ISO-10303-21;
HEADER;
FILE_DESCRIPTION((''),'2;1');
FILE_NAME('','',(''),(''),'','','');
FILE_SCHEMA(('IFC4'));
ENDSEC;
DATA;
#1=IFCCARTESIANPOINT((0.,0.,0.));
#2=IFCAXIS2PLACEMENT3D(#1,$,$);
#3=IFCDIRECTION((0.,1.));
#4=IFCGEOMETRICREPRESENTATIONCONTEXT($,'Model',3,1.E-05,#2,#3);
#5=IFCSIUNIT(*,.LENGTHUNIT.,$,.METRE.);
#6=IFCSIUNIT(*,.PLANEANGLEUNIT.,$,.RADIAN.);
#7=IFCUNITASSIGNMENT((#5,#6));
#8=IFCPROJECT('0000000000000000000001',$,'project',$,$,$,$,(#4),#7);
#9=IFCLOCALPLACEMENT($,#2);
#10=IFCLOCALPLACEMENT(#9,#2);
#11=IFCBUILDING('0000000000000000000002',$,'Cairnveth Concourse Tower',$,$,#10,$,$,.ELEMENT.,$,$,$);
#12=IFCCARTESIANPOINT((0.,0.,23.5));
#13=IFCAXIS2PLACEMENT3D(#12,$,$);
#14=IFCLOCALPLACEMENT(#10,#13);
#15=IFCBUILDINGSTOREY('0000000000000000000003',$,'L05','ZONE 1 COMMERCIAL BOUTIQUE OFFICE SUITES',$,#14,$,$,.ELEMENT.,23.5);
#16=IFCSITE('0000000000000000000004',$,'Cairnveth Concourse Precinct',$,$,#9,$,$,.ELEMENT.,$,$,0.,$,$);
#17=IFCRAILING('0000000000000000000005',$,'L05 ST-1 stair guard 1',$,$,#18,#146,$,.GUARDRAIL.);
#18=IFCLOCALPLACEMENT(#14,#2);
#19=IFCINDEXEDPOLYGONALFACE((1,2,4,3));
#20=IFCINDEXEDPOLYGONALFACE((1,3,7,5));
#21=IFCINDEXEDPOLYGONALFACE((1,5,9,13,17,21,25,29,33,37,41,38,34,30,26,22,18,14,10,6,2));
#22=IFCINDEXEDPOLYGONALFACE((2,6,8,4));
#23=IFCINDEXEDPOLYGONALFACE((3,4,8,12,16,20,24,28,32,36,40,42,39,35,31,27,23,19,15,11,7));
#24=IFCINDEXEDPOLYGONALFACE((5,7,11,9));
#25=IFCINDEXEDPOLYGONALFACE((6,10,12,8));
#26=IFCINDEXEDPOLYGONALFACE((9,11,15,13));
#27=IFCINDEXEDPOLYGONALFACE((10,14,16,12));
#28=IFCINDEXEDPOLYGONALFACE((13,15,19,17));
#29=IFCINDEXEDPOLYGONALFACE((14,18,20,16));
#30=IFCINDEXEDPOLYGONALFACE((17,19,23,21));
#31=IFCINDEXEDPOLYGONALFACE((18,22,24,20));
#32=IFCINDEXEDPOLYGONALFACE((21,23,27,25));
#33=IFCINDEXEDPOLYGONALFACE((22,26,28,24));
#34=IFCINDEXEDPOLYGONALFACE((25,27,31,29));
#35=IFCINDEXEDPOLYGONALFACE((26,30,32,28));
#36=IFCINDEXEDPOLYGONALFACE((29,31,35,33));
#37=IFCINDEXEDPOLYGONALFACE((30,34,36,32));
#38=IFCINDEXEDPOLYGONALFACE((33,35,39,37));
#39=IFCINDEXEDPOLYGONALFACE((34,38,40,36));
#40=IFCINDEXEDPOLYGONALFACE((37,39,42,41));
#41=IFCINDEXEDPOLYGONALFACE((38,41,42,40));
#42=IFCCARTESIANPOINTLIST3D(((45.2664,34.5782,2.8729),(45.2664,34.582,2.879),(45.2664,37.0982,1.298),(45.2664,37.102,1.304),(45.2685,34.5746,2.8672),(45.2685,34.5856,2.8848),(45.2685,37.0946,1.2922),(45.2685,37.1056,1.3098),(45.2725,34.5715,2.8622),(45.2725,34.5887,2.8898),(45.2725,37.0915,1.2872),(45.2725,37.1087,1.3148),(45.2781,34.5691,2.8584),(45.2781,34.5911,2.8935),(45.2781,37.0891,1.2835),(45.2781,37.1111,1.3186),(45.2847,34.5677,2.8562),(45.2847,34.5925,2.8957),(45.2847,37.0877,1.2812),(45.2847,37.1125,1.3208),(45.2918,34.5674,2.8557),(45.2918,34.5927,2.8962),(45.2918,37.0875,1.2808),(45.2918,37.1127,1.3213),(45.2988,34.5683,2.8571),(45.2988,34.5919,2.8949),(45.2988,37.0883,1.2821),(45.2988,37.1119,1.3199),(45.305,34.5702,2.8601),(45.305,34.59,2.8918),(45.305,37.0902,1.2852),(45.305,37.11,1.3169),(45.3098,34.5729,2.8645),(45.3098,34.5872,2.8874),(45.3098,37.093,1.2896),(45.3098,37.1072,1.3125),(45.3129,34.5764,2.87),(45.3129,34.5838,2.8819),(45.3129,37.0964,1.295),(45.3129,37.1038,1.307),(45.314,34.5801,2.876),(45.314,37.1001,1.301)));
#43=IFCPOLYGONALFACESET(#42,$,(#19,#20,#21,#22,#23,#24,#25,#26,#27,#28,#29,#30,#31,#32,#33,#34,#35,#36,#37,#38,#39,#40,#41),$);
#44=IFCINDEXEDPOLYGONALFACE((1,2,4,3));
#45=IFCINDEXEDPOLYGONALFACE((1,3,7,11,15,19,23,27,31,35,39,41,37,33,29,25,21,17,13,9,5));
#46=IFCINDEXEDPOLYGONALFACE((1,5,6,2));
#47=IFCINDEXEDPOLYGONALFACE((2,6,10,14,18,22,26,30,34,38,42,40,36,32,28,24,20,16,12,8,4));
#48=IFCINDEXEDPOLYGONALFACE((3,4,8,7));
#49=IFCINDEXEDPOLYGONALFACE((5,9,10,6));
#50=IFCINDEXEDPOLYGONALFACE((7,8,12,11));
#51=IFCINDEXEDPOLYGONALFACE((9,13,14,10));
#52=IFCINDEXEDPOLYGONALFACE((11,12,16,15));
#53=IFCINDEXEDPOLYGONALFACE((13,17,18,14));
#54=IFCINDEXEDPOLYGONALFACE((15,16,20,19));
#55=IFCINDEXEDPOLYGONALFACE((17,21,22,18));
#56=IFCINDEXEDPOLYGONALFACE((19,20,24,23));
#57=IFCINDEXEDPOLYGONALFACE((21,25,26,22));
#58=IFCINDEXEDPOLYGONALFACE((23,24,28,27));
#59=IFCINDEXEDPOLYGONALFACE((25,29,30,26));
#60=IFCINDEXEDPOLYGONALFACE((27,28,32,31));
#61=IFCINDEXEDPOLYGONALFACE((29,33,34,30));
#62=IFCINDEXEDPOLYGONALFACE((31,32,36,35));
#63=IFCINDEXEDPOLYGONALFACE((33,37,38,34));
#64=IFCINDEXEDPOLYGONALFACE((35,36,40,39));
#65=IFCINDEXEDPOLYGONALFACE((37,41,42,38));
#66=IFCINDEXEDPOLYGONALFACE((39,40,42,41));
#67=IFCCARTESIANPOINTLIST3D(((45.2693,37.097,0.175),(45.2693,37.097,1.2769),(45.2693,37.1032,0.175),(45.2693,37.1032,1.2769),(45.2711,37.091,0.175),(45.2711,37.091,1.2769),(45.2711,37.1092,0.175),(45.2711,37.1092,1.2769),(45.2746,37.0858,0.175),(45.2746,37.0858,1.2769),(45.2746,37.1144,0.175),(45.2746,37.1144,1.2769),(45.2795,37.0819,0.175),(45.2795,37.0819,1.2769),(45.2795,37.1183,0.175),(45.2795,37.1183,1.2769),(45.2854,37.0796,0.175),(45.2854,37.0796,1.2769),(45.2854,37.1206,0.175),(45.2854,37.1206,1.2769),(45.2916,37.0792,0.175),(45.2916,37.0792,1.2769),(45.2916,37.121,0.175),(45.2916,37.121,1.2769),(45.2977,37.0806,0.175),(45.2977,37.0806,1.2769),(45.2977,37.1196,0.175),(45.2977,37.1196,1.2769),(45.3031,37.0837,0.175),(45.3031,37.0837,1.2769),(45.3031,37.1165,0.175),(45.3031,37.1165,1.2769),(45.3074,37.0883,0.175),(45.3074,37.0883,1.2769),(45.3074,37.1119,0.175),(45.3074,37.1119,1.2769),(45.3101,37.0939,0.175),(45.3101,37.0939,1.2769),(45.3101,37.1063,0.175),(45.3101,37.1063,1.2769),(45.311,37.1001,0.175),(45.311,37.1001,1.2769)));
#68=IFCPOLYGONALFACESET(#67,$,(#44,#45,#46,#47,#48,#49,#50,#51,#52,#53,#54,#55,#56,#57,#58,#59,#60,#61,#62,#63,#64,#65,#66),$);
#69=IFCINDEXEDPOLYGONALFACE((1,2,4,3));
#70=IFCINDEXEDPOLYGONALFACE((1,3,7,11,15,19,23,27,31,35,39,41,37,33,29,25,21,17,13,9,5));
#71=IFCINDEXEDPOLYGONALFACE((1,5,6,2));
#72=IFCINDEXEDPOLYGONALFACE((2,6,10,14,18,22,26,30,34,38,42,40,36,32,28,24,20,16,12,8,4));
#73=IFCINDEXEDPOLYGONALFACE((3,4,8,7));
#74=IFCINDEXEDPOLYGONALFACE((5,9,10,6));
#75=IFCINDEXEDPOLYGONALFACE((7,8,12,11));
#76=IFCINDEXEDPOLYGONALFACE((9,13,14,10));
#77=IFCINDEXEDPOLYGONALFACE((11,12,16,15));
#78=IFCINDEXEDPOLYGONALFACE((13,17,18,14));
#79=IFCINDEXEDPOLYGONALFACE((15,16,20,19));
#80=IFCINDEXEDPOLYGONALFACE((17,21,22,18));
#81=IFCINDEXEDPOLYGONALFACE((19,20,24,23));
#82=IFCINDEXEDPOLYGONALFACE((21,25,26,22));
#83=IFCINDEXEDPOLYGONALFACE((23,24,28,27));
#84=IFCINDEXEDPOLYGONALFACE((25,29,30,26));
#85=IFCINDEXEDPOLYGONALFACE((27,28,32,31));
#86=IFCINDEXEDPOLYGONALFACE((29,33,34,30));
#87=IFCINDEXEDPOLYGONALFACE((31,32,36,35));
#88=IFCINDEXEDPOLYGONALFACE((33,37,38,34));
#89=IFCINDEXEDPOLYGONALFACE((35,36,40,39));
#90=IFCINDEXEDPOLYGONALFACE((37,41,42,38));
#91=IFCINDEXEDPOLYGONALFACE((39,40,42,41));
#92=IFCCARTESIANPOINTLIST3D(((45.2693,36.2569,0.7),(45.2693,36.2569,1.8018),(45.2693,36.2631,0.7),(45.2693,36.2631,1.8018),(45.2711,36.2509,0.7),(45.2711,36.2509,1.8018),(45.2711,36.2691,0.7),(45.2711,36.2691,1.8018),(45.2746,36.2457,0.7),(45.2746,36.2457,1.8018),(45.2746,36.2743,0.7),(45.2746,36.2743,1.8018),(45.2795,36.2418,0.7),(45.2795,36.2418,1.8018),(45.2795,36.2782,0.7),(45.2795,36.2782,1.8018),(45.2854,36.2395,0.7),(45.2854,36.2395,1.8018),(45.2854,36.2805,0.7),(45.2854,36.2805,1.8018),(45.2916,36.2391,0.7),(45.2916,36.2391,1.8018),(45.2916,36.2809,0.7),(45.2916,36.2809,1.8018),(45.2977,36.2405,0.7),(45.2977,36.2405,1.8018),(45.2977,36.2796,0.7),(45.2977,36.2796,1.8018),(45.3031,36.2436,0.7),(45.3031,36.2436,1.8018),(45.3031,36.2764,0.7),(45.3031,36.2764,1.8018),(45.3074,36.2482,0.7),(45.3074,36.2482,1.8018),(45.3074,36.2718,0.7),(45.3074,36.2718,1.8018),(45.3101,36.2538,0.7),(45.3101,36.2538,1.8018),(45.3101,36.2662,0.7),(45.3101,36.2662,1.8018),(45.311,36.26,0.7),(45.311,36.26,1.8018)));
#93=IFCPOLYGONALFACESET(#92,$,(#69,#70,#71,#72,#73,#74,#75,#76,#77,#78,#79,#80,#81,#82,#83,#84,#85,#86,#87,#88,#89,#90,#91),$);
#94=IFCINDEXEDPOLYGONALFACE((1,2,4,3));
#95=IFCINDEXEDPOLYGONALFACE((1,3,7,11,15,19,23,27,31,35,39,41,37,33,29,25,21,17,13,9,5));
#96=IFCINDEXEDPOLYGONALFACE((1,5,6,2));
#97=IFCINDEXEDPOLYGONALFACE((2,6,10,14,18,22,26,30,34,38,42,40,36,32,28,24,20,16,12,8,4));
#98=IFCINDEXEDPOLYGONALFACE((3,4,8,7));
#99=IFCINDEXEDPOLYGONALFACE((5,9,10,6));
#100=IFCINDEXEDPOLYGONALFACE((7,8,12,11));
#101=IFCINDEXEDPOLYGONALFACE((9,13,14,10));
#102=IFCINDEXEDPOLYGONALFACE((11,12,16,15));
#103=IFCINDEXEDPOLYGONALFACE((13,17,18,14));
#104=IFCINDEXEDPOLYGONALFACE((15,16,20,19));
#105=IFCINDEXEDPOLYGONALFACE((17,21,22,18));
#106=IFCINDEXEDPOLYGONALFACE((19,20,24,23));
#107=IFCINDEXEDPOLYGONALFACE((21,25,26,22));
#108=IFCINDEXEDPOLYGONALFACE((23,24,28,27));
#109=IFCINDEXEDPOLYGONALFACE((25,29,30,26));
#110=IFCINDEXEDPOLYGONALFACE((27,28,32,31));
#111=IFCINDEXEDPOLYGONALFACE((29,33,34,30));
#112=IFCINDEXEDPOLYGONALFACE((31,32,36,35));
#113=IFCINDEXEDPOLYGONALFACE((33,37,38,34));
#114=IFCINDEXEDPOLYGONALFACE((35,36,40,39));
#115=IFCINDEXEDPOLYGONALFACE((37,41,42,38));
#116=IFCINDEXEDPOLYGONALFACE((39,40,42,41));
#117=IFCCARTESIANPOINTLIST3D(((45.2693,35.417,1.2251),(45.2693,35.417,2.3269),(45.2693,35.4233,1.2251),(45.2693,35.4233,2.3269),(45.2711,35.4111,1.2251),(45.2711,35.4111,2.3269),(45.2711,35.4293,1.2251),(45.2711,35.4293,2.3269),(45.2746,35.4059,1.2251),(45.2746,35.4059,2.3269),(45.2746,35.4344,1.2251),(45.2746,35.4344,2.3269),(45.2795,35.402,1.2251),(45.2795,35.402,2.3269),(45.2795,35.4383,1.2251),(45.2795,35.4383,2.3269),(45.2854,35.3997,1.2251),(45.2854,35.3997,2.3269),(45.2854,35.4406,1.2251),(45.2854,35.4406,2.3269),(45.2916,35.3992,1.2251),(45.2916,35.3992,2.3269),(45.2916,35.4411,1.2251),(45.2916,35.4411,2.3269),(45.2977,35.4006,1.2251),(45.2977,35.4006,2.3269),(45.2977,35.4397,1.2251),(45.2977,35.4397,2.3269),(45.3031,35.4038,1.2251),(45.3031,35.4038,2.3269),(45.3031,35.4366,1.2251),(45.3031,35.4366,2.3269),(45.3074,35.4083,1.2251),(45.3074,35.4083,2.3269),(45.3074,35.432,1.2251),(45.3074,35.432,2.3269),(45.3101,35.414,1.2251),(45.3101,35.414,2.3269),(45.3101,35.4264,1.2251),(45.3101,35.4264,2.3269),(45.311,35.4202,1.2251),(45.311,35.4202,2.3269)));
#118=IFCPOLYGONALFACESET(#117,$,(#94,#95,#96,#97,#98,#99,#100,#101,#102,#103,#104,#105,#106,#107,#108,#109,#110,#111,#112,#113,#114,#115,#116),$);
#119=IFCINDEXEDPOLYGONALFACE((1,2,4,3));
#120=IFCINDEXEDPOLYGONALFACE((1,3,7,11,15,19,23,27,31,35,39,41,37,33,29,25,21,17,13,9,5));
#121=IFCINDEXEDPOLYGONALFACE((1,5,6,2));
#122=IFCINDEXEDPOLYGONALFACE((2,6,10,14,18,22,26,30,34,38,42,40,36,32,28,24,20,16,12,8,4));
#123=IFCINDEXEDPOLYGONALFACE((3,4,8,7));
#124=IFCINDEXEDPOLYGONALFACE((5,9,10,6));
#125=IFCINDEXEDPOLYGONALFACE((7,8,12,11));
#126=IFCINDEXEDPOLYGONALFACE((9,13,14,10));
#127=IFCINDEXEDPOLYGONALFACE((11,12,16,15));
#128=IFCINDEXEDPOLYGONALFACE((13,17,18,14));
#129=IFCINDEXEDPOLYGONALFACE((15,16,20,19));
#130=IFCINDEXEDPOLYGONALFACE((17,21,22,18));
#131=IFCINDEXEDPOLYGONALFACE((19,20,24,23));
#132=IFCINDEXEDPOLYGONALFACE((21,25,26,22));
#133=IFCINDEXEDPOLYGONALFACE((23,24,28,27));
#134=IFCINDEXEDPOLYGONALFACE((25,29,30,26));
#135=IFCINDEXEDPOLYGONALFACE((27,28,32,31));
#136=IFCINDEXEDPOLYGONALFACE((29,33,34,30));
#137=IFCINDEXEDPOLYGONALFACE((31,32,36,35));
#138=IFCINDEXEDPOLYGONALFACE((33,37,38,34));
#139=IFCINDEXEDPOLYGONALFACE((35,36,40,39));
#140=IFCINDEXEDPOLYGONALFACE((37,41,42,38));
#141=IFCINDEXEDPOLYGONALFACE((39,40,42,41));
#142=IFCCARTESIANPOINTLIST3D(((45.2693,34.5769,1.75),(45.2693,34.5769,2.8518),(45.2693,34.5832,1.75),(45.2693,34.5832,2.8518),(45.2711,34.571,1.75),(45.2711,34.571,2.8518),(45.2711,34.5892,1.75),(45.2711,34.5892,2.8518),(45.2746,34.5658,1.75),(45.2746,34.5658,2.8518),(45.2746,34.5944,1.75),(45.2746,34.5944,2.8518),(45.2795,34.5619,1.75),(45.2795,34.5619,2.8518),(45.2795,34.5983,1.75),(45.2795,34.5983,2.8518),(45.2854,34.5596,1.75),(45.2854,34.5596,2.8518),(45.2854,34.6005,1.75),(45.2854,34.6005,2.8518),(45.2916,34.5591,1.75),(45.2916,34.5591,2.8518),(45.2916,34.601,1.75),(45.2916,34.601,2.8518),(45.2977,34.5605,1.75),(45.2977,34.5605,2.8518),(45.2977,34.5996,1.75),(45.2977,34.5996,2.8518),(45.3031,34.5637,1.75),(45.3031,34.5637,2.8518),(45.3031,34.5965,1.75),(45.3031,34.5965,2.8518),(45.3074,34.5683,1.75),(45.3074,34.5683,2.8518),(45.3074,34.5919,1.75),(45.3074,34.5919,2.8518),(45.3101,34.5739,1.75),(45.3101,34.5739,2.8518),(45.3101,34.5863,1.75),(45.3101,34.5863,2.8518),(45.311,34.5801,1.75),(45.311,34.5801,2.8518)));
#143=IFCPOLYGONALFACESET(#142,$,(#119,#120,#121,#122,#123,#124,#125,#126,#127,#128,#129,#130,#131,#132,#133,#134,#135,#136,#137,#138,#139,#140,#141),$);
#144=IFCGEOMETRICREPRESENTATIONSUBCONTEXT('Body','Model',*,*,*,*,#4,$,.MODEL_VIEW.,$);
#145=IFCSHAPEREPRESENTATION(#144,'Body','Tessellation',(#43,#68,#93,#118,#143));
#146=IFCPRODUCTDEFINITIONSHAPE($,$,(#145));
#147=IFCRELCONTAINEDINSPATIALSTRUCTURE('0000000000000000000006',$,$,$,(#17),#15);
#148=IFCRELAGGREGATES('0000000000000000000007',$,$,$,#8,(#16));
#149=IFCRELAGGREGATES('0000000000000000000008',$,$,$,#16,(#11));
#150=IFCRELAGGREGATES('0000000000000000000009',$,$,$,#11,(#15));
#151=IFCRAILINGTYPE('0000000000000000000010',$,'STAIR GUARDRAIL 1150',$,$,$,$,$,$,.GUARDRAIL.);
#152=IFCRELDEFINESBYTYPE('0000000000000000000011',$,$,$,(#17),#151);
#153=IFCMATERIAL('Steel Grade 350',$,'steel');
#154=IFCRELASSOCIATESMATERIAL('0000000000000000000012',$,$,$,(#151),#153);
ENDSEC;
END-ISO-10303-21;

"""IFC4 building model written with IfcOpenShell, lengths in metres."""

from ifc_helpers import new_model, si_unit, direction, frame, origin, origin_2d, place, context, subcontext, project, spatial, circle, extrude, material, type_object, element, save


model = new_model("IFC4")

# Units and contexts
model_context = context("Model", 3, precision=1e-05, world=origin(), true_north=direction((0.0, 1.0)))
body_context = subcontext(model_context, "Body", "Model", "MODEL_VIEW")
ifc_project = project(units=[si_unit("LENGTHUNIT", "METRE"), si_unit("PLANEANGLEUNIT", "RADIAN")], contexts=[model_context])

# Site, building, storey
site_placement = place(None, origin())
site = spatial("IfcSite", under=ifc_project, at=site_placement, Name="Cairnveth Concourse Precinct", CompositionType="ELEMENT", RefElevation=0.0)
building_placement = place(site_placement, origin())
building = spatial("IfcBuilding", under=site, at=building_placement, Name="Cairnveth Concourse Tower", CompositionType="ELEMENT")
storey_placement = place(building_placement, frame((0.0, 0.0, 23.5)))
storey = spatial("IfcBuildingStorey", under=building, at=storey_placement, Name="L05", Description="ZONE 1 COMMERCIAL BOUTIQUE OFFICE SUITES", CompositionType="ELEMENT", Elevation=23.5)

# Shared definitions
ifc_material_1 = material(Name="Steel Grade 350", Category="steel")

# Railing
railing_type_1 = type_object("IfcRailingType", Name="STAIR GUARDRAIL 1150", PredefinedType="GUARDRAIL", material=ifc_material_1)
railing_1_placement = place(storey_placement, frame((45.29, 37.1001, 0.175)))
element("IfcRailing", 1, at=railing_1_placement, inside=storey, type_object=railing_type_1, Name="L05 ST-1 stair guard 1", PredefinedType="GUARDRAIL", context=body_context, shape_type="SweptSolid", body=[
    extrude(circle(Radius=0.0239, at=origin_2d()), frame((0.0, 0.0, 1.126), z_axis=(0.0, -0.848008, 0.529984), x_axis=(1.0, 0.0, 0.0)), (0.0, 0.0, 1.0), 2.9717),
    extrude(circle(Radius=0.021, at=origin_2d()), origin(), (0.0, 0.0, 1.0), 1.1018),
    extrude(circle(Radius=0.021, at=origin_2d()), frame((0.0, -0.8401, 0.5249)), (0.0, 0.0, 1.0), 1.1018),
    extrude(circle(Radius=0.021, at=origin_2d()), frame((0.0, -1.6799, 1.05)), (0.0, 0.0, 1.0), 1.1018),
    extrude(circle(Radius=0.021, at=origin_2d()), frame((0.0, -2.52, 1.575)), (0.0, 0.0, 1.0), 1.1018),
])

save(model, "model.ifc")
